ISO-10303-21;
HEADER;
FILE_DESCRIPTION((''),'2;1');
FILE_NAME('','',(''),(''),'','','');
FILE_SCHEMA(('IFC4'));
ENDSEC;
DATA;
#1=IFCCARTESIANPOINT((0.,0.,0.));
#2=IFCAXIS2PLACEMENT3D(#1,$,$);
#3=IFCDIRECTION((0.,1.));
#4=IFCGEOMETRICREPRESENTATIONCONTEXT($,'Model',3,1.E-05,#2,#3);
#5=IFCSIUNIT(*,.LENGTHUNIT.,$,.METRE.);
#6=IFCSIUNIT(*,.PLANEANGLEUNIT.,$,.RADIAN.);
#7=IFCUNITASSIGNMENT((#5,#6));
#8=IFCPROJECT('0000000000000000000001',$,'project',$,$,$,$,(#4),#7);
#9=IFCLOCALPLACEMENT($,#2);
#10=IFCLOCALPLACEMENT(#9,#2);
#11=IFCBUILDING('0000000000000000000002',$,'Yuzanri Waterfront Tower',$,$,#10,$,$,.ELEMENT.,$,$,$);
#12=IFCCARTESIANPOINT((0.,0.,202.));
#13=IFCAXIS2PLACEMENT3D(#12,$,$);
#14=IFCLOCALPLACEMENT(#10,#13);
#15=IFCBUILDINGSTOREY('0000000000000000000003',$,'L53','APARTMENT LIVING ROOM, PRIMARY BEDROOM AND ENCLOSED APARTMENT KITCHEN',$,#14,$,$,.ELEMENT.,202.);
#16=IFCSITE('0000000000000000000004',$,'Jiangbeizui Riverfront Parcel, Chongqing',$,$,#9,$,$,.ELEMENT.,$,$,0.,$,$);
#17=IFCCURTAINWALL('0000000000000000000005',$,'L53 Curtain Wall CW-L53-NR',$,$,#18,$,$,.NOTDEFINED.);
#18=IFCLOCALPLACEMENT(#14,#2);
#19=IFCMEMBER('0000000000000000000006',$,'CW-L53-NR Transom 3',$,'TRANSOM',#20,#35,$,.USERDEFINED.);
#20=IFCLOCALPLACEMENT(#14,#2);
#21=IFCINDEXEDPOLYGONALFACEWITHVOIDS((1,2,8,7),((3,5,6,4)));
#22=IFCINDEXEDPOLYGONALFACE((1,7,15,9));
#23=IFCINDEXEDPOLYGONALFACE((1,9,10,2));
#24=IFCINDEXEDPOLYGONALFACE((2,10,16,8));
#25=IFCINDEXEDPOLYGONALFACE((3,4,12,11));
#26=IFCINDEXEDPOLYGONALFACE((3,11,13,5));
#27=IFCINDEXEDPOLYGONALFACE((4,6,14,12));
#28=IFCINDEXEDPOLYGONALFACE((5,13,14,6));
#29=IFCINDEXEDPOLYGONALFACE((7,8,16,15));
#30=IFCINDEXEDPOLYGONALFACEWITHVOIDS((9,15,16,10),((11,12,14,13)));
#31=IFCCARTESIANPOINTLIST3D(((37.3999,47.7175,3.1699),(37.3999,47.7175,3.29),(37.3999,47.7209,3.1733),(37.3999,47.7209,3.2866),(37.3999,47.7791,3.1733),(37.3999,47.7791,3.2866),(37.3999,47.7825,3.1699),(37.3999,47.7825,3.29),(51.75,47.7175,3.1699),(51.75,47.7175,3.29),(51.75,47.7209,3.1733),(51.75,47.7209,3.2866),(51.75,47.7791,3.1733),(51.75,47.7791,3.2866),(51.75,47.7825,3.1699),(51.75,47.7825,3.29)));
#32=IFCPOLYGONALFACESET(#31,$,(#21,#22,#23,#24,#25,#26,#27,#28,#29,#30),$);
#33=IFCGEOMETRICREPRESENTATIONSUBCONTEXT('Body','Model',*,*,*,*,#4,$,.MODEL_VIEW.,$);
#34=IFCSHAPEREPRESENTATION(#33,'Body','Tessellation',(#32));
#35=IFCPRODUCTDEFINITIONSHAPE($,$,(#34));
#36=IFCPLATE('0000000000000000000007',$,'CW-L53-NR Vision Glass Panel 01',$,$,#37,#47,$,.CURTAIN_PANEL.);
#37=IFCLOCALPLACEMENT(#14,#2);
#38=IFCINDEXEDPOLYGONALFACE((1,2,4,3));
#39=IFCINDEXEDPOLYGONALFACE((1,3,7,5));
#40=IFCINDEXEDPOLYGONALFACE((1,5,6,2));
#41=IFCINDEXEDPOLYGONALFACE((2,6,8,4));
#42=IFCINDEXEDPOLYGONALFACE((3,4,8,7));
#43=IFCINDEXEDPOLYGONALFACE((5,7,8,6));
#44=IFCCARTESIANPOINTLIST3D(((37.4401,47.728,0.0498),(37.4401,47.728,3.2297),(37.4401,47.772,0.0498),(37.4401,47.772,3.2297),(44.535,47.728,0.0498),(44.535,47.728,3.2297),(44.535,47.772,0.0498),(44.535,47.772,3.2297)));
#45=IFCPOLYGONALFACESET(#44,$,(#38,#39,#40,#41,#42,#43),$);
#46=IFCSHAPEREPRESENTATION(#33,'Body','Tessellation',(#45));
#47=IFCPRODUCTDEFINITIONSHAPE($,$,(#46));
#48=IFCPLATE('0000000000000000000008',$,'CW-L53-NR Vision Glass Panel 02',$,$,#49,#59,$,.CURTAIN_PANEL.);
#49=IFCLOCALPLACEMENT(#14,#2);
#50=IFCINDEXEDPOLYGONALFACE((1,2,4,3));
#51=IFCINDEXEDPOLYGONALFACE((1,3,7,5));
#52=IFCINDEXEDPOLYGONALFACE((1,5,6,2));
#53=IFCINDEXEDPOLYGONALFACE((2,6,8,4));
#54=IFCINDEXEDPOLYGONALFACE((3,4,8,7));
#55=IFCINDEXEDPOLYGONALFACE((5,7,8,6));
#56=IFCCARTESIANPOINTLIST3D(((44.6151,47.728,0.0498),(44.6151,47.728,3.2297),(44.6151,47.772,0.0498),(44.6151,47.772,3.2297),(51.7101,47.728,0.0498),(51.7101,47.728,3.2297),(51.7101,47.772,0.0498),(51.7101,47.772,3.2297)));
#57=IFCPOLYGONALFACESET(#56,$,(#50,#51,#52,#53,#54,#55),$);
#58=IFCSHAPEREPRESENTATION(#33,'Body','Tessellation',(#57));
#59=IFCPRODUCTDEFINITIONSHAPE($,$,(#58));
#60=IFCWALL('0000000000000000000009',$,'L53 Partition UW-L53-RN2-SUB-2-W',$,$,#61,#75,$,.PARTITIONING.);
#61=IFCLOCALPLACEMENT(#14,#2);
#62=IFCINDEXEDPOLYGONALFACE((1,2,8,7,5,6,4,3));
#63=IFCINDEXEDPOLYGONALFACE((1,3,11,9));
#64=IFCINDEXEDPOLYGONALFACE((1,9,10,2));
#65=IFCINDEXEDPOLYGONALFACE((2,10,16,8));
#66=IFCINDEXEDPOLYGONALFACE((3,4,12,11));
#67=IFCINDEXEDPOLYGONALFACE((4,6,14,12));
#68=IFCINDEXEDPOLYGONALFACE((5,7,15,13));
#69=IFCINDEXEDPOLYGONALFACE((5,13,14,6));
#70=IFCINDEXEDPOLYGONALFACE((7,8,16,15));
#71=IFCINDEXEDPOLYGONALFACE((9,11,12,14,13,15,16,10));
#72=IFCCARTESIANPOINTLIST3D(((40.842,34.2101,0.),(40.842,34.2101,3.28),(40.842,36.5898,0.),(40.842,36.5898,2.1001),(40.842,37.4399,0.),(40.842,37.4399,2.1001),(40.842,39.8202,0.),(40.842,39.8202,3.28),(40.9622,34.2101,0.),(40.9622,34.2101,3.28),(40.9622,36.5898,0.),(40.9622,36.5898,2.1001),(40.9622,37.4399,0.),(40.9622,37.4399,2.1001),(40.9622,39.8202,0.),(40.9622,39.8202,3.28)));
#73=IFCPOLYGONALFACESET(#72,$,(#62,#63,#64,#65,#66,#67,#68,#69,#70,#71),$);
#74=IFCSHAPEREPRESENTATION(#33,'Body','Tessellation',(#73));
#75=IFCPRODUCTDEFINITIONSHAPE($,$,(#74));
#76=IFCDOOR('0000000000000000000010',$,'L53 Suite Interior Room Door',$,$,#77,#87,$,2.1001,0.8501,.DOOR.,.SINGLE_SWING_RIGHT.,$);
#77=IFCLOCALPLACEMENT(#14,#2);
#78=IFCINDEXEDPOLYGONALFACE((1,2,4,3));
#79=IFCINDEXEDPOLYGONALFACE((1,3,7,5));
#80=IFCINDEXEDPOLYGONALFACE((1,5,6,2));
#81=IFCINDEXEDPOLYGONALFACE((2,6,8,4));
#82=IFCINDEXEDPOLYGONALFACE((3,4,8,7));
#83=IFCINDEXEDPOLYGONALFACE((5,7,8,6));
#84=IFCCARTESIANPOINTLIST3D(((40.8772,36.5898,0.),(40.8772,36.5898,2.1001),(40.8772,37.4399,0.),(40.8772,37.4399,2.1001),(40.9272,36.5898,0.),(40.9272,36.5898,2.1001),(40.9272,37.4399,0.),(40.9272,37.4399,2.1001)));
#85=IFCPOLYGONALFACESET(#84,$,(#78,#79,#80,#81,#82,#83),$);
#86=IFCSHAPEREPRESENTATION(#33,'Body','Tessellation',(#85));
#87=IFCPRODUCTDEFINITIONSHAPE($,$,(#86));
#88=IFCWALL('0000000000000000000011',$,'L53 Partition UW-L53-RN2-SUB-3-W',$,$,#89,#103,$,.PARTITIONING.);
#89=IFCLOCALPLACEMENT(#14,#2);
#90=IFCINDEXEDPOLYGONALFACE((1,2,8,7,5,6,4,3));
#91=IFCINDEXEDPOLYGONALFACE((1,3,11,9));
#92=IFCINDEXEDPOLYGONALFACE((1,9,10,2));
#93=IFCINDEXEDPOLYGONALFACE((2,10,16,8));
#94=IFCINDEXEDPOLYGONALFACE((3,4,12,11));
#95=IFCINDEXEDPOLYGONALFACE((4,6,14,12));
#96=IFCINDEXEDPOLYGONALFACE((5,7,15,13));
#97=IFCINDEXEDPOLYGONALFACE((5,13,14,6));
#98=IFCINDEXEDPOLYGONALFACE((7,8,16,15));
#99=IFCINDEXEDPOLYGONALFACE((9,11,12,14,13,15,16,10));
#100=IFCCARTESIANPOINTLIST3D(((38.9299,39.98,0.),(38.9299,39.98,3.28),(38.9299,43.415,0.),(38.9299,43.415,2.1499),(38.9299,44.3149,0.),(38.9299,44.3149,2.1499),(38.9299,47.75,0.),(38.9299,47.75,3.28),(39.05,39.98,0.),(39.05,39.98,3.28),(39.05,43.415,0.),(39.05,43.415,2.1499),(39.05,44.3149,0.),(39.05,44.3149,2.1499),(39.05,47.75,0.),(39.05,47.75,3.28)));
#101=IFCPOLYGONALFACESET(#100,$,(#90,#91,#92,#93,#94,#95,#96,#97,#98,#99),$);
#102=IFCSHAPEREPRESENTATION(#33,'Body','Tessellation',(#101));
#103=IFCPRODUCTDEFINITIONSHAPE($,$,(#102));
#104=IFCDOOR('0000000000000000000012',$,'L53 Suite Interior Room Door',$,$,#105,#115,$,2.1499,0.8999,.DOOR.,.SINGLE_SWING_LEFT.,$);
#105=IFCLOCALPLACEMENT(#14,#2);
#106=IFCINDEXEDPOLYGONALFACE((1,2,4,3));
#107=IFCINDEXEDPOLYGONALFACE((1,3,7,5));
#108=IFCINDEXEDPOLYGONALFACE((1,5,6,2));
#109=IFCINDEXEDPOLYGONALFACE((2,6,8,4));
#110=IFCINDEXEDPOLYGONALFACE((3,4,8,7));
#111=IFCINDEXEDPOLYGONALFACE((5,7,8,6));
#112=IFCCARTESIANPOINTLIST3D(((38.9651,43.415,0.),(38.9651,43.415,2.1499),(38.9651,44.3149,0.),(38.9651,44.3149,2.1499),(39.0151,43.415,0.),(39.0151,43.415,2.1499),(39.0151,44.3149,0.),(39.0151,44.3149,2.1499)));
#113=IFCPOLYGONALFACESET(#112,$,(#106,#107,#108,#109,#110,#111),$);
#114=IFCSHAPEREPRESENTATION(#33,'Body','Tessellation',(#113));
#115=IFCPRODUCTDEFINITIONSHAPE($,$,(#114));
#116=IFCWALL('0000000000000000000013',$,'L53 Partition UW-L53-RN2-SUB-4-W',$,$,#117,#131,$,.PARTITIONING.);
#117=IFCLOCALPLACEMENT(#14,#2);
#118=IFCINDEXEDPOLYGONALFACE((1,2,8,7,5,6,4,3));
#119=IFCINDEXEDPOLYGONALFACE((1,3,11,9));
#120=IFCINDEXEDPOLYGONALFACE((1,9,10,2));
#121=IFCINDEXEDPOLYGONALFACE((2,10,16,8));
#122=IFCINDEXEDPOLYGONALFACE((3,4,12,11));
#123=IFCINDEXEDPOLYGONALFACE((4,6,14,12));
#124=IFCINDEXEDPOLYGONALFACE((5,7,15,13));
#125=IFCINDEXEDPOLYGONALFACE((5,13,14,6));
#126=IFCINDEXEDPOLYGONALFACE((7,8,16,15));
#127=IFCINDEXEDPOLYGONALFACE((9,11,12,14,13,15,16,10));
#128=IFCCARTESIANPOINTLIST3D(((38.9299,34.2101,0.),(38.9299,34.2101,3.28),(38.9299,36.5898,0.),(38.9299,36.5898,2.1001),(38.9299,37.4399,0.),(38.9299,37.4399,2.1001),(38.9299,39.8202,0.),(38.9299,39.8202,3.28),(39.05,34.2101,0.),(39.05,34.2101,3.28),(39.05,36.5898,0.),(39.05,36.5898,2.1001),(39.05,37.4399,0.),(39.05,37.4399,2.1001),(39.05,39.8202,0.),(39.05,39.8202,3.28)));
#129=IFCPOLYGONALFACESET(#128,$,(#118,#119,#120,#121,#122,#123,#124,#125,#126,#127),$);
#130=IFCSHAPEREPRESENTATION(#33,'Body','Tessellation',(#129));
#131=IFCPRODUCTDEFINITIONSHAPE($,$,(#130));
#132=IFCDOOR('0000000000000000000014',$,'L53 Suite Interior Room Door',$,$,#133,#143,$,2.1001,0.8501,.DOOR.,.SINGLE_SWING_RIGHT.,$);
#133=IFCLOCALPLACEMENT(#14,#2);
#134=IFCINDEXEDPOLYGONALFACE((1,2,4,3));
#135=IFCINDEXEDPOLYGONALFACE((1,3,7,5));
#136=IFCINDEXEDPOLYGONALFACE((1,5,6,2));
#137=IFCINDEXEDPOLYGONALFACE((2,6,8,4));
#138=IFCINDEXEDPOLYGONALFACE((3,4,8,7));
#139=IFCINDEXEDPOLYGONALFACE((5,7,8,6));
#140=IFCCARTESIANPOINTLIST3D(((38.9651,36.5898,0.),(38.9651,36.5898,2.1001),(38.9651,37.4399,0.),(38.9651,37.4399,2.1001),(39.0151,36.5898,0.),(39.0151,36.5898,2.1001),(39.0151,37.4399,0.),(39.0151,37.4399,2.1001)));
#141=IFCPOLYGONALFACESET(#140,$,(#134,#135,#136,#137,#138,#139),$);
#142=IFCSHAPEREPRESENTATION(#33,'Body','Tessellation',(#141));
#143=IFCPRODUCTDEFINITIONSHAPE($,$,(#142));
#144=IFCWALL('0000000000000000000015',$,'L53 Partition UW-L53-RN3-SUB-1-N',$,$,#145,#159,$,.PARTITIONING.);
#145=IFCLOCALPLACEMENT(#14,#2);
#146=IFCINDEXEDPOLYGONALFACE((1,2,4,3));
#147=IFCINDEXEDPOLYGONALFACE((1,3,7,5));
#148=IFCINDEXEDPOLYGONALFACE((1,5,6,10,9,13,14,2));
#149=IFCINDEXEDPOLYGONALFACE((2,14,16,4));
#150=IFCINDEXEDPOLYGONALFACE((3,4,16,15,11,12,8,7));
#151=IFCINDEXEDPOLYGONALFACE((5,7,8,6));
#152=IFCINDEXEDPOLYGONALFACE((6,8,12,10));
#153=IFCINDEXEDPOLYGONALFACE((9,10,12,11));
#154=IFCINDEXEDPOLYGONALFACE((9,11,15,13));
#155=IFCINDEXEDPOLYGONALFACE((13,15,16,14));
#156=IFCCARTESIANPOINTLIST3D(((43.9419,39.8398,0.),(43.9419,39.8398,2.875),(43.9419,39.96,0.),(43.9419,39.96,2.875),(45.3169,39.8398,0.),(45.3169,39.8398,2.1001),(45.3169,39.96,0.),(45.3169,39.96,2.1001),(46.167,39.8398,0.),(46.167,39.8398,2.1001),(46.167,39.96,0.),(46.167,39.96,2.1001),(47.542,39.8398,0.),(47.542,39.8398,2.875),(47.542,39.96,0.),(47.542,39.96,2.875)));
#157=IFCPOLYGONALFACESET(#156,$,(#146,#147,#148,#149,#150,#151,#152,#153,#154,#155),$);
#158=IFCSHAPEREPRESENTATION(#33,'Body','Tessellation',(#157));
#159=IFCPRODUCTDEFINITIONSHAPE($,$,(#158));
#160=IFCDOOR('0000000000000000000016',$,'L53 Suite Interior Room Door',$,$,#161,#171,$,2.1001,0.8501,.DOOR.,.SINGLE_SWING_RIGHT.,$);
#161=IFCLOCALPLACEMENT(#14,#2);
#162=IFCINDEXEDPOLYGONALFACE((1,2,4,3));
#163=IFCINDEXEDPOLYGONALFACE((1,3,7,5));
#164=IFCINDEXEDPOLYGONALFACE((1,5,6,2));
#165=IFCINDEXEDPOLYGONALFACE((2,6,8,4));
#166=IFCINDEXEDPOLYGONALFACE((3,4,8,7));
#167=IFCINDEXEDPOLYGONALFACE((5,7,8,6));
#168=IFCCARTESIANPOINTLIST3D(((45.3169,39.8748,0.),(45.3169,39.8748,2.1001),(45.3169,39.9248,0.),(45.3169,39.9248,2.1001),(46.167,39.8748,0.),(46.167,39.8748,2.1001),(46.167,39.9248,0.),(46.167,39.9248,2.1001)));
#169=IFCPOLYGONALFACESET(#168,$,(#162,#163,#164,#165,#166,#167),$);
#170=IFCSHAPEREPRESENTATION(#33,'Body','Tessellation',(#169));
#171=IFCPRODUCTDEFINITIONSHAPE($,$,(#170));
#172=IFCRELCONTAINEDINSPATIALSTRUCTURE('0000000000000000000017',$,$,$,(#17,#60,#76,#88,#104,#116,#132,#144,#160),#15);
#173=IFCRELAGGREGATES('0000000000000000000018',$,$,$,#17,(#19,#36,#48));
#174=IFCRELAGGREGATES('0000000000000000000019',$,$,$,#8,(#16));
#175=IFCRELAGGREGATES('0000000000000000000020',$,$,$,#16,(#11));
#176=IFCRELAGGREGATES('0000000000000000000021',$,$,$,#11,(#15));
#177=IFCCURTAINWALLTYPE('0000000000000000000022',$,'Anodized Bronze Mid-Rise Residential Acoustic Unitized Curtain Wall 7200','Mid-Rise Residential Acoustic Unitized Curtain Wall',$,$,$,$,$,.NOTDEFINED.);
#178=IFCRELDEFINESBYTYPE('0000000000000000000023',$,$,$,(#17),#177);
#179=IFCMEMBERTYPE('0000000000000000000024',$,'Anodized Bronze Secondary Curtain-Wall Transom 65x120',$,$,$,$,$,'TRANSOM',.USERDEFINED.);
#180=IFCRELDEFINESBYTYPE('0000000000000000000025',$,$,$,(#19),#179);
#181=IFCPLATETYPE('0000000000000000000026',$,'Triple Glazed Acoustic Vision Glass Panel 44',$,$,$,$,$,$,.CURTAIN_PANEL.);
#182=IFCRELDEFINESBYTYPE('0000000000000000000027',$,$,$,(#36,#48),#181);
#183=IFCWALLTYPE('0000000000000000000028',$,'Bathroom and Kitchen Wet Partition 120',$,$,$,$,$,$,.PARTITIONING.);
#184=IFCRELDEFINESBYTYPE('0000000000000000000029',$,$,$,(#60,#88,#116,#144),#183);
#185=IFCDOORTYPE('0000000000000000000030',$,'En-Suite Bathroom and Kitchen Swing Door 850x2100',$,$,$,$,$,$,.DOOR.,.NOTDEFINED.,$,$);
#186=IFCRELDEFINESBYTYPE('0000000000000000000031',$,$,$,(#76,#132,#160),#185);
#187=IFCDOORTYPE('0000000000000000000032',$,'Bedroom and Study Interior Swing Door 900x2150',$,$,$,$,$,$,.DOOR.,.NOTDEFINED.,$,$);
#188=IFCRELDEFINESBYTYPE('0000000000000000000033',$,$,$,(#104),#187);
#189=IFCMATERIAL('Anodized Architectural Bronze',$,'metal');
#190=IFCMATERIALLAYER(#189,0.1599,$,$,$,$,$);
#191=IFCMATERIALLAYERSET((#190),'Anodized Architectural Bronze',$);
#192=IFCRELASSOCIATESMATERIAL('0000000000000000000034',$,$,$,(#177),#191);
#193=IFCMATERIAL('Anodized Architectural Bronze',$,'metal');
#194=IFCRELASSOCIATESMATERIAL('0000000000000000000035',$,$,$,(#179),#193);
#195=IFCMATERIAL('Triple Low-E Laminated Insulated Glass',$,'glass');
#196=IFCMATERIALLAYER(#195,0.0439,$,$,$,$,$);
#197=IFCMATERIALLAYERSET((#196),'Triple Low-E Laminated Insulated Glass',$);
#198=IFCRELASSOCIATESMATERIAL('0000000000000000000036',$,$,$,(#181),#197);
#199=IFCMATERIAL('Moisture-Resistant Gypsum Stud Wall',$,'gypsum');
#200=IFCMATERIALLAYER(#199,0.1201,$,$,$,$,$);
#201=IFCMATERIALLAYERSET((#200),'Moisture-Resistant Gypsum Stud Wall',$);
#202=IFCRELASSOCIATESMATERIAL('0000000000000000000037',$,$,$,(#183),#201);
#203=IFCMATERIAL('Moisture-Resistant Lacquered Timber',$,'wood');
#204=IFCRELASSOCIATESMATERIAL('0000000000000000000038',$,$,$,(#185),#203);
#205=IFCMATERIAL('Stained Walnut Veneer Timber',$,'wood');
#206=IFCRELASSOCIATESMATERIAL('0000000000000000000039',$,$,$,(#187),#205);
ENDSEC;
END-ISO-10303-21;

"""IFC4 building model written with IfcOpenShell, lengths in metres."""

from ifc_helpers import new_model, si_unit, direction, frame, frame_2d, origin, origin_2d, place, context, subcontext, project, spatial, rectangle, hollow_rectangle, extrude, source, transform, mapped, material, layer, layer_set, material_profile, profile_set, type_object, element, fill, aggregate, save


model = new_model("IFC4")

# Units and contexts
model_context = context("Model", 3, precision=1e-05, world=origin(), true_north=direction((0.0, 1.0)))
body_context = subcontext(model_context, "Body", "Model", "MODEL_VIEW")
ifc_project = project(units=[si_unit("LENGTHUNIT", "METRE"), si_unit("PLANEANGLEUNIT", "RADIAN")], contexts=[model_context])

# Site, building, storey
site_placement = place(None, origin())
site = spatial("IfcSite", under=ifc_project, at=site_placement, Name="Jiangbeizui Riverfront Parcel, Chongqing", CompositionType="ELEMENT", RefElevation=0.0)
building_placement = place(site_placement, origin())
building = spatial("IfcBuilding", under=site, at=building_placement, Name="Yuzanri Waterfront Tower", CompositionType="ELEMENT")
storey_placement = place(building_placement, frame((0.0, 0.0, 202.0)))
storey = spatial("IfcBuildingStorey", under=building, at=storey_placement, Name="L53", Description="APARTMENT LIVING ROOM, PRIMARY BEDROOM AND ENCLOSED APARTMENT KITCHEN", CompositionType="ELEMENT", Elevation=202.0)

# Curtain wall, member, plates
ifc_material_1 = material(Name="Anodized Architectural Bronze", Category="metal")
ifc_layer_1 = layer(ifc_material_1, 0.1599)
ifc_layer_set_1 = layer_set([ifc_layer_1], Name="Anodized Architectural Bronze")
curtain_wall_type = type_object("IfcCurtainWallType", Name="Anodized Bronze Mid-Rise Residential Acoustic Unitized Curtain Wall 7200", Description="Mid-Rise Residential Acoustic Unitized Curtain Wall", PredefinedType="NOTDEFINED", material=ifc_layer_set_1)
curtain_wall_placement = place(storey_placement, origin())
curtain_wall = element("IfcCurtainWall", 1, at=curtain_wall_placement, inside=storey, type_object=curtain_wall_type, Name="L53 Curtain Wall CW-L53-NR", PredefinedType="NOTDEFINED")
ifc_material_2 = material(Name="Anodized Architectural Bronze", Category="metal")
ifc_material_profile_1 = material_profile(ifc_material_2, hollow_rectangle(XDim=0.0649, YDim=0.1201, WallThickness=0.0034, at=origin_2d()), Name="CWT 65x120")
ifc_profile_set_1 = profile_set([ifc_material_profile_1], Name="Anodized Architectural Bronze")
member_type_1 = type_object("IfcMemberType", Name="Anodized Bronze Secondary Curtain-Wall Transom 65x120", ElementType="TRANSOM", PredefinedType="USERDEFINED", material=ifc_profile_set_1)
shared_shape_1 = source(origin(), body_context, "Body", "SweptSolid", [
    extrude(hollow_rectangle(XDim=0.0649, YDim=0.1201, WallThickness=0.0034, at=origin_2d()), origin(), (0.0, 0.0, 1.0), 14.3501),
])
member_1_placement = place(storey_placement, frame((37.3999, 47.75, 3.23), z_axis=(1.0, 0.0, 0.0), x_axis=(0.0, 1.0, 0.0)))
member_1 = element("IfcMember", 2, at=member_1_placement, type_object=member_type_1, Name="CW-L53-NR Transom 3", ObjectType="TRANSOM", PredefinedType="USERDEFINED", context=body_context, shape_type="MappedRepresentation", body=[
    mapped(shared_shape_1, transform((0.0, 0.0, 0.0), scale=1.0)),
])
ifc_material_3 = material(Name="Triple Low-E Laminated Insulated Glass", Category="glass")
ifc_layer_2 = layer(ifc_material_3, 0.0439)
ifc_layer_set_2 = layer_set([ifc_layer_2], Name="Triple Low-E Laminated Insulated Glass")
plate_type = type_object("IfcPlateType", Name="Triple Glazed Acoustic Vision Glass Panel 44", PredefinedType="CURTAIN_PANEL", material=ifc_layer_set_2)
shared_shape_2 = source(origin(), body_context, "Body", "SweptSolid", [
    extrude(rectangle(XDim=7.095, YDim=0.0439, at=origin_2d()), origin(), (0.0, 0.0, 1.0), 3.1799),
])
plate_1_placement = place(storey_placement, frame((40.9875, 47.75, 0.0498), z_axis=(0.0, 0.0, 1.0), x_axis=(1.0, 0.0, 0.0)))
plate_1 = element("IfcPlate", 3, at=plate_1_placement, type_object=plate_type, Name="CW-L53-NR Vision Glass Panel 01", PredefinedType="CURTAIN_PANEL", context=body_context, shape_type="MappedRepresentation", body=[
    mapped(shared_shape_2, transform((0.0, 0.0, 0.0), scale=1.0)),
])
plate_2_placement = place(storey_placement, frame((48.1626, 47.75, 0.0498), z_axis=(0.0, 0.0, 1.0), x_axis=(1.0, 0.0, 0.0)))
plate_2 = element("IfcPlate", 4, at=plate_2_placement, type_object=plate_type, Name="CW-L53-NR Vision Glass Panel 02", PredefinedType="CURTAIN_PANEL", context=body_context, shape_type="MappedRepresentation", body=[
    mapped(shared_shape_2, transform((0.0, 0.0, 0.0), scale=1.0)),
])
aggregate(curtain_wall, [member_1, plate_1, plate_2])

# Walls, openings, doors
ifc_material_4 = material(Name="Moisture-Resistant Gypsum Stud Wall", Category="gypsum")
ifc_layer_3 = layer(ifc_material_4, 0.1201)
ifc_layer_set_3 = layer_set([ifc_layer_3], Name="Moisture-Resistant Gypsum Stud Wall")
wall_type_1 = type_object("IfcWallType", Name="Bathroom and Kitchen Wet Partition 120", PredefinedType="PARTITIONING", material=ifc_layer_set_3)
wall_1_placement = place(storey_placement, frame((40.9021, 34.21, 0.0), z_axis=(0.0, 0.0, 1.0), x_axis=(0.0, 1.0, 0.0)))
wall_1 = element("IfcWall", 5, at=wall_1_placement, inside=storey, type_object=wall_type_1, Name="L53 Partition UW-L53-RN2-SUB-2-W", PredefinedType="PARTITIONING", context=body_context, shape_type="SweptSolid", body=[
    extrude(rectangle(XDim=5.6101, YDim=0.1201, at=frame_2d((2.8052, 0.0))), origin(), (0.0, 0.0, 1.0), 3.28),
])
opening_1_placement = place(wall_1_placement, frame((2.3799, 0.0, 0.0)))
opening_1 = element("IfcOpeningElement", 6, at=opening_1_placement, cuts=wall_1, PredefinedType="OPENING", context=body_context, shape_type="SweptSolid", body=[
    extrude(rectangle(XDim=0.8501, YDim=2.1001, at=frame_2d((0.425, 1.05))), frame((0.0, 0.075, 0.0), z_axis=(0.0, -1.0, 0.0), x_axis=(1.0, 0.0, 0.0)), (0.0, 0.0, 1.0), 0.1499),
])
ifc_material_5 = material(Name="Moisture-Resistant Lacquered Timber", Category="wood")
door_type_1 = type_object("IfcDoorType", Name="En-Suite Bathroom and Kitchen Swing Door 850x2100", OperationType="NOTDEFINED", PredefinedType="DOOR", material=ifc_material_5)
shared_shape_3 = source(origin(), body_context, "Body", "SweptSolid", [
    extrude(rectangle(XDim=0.8501, YDim=2.1001, at=frame_2d((0.425, 1.05))), frame((0.0, 0.0249, 0.0), z_axis=(0.0, -1.0, 0.0), x_axis=(1.0, 0.0, 0.0)), (0.0, 0.0, 1.0), 0.05),
])
door_1_placement = place(opening_1_placement, origin())
door_1 = element("IfcDoor", 7, at=door_1_placement, inside=storey, type_object=door_type_1, Name="L53 Suite Interior Room Door", OperationType="SINGLE_SWING_RIGHT", OverallHeight=2.1001, OverallWidth=0.8501, PredefinedType="DOOR", context=body_context, shape_type="MappedRepresentation", body=[
    mapped(shared_shape_3, transform((0.0, 0.0, 0.0), scale=1.0)),
])
fill(opening_1, door_1)
wall_2_placement = place(storey_placement, frame((38.99, 39.98, 0.0), z_axis=(0.0, 0.0, 1.0), x_axis=(0.0, 1.0, 0.0)))
wall_2 = element("IfcWall", 8, at=wall_2_placement, inside=storey, type_object=wall_type_1, Name="L53 Partition UW-L53-RN2-SUB-3-W", PredefinedType="PARTITIONING", context=body_context, shape_type="SweptSolid", body=[
    extrude(rectangle(XDim=7.77, YDim=0.1201, at=frame_2d((3.885, 0.0))), origin(), (0.0, 0.0, 1.0), 3.28),
])
opening_2_placement = place(wall_2_placement, frame((3.4351, 0.0, 0.0)))
opening_2 = element("IfcOpeningElement", 9, at=opening_2_placement, cuts=wall_2, PredefinedType="OPENING", context=body_context, shape_type="SweptSolid", body=[
    extrude(rectangle(XDim=0.8999, YDim=2.1499, at=frame_2d((0.45, 1.075))), frame((0.0, 0.075, 0.0), z_axis=(0.0, -1.0, 0.0), x_axis=(1.0, 0.0, 0.0)), (0.0, 0.0, 1.0), 0.1499),
])
ifc_material_6 = material(Name="Stained Walnut Veneer Timber", Category="wood")
door_type_2 = type_object("IfcDoorType", Name="Bedroom and Study Interior Swing Door 900x2150", OperationType="NOTDEFINED", PredefinedType="DOOR", material=ifc_material_6)
shared_shape_4 = source(origin(), body_context, "Body", "SweptSolid", [
    extrude(rectangle(XDim=0.8999, YDim=2.1499, at=frame_2d((0.45, 1.075))), frame((0.0, 0.0249, 0.0), z_axis=(0.0, -1.0, 0.0), x_axis=(1.0, 0.0, 0.0)), (0.0, 0.0, 1.0), 0.05),
])
door_2_placement = place(opening_2_placement, origin())
door_2 = element("IfcDoor", 10, at=door_2_placement, inside=storey, type_object=door_type_2, Name="L53 Suite Interior Room Door", OperationType="SINGLE_SWING_LEFT", OverallHeight=2.1499, OverallWidth=0.8999, PredefinedType="DOOR", context=body_context, shape_type="MappedRepresentation", body=[
    mapped(shared_shape_4, transform((0.0, 0.0, 0.0), scale=1.0)),
])
fill(opening_2, door_2)
wall_3_placement = place(storey_placement, frame((38.99, 34.21, 0.0), z_axis=(0.0, 0.0, 1.0), x_axis=(0.0, 1.0, 0.0)))
wall_3 = element("IfcWall", 11, at=wall_3_placement, inside=storey, type_object=wall_type_1, Name="L53 Partition UW-L53-RN2-SUB-4-W", PredefinedType="PARTITIONING", context=body_context, shape_type="SweptSolid", body=[
    extrude(rectangle(XDim=5.6101, YDim=0.1201, at=frame_2d((2.8052, 0.0))), origin(), (0.0, 0.0, 1.0), 3.28),
])
opening_3_placement = place(wall_3_placement, frame((2.3799, 0.0, 0.0)))
opening_3 = element("IfcOpeningElement", 12, at=opening_3_placement, cuts=wall_3, PredefinedType="OPENING", context=body_context, shape_type="SweptSolid", body=[
    extrude(rectangle(XDim=0.8501, YDim=2.1001, at=frame_2d((0.425, 1.05))), frame((0.0, 0.075, 0.0), z_axis=(0.0, -1.0, 0.0), x_axis=(1.0, 0.0, 0.0)), (0.0, 0.0, 1.0), 0.1499),
])
door_3_placement = place(opening_3_placement, origin())
door_3 = element("IfcDoor", 13, at=door_3_placement, inside=storey, type_object=door_type_1, Name="L53 Suite Interior Room Door", OperationType="SINGLE_SWING_RIGHT", OverallHeight=2.1001, OverallWidth=0.8501, PredefinedType="DOOR", context=body_context, shape_type="MappedRepresentation", body=[
    mapped(shared_shape_3, transform((0.0, 0.0, 0.0), scale=1.0)),
])
fill(opening_3, door_3)
wall_4_placement = place(storey_placement, frame((43.9419, 39.8999, 0.0), z_axis=(0.0, 0.0, 1.0), x_axis=(1.0, 0.0, 0.0)))
wall_4 = element("IfcWall", 14, at=wall_4_placement, inside=storey, type_object=wall_type_1, Name="L53 Partition UW-L53-RN3-SUB-1-N", PredefinedType="PARTITIONING", context=body_context, shape_type="SweptSolid", body=[
    extrude(rectangle(XDim=3.6001, YDim=0.1201, at=frame_2d((1.8, 0.0))), origin(), (0.0, 0.0, 1.0), 2.875),
])
opening_4_placement = place(wall_4_placement, frame((1.375, 0.0, 0.0)))
opening_4 = element("IfcOpeningElement", 15, at=opening_4_placement, cuts=wall_4, PredefinedType="OPENING", context=body_context, shape_type="SweptSolid", body=[
    extrude(rectangle(XDim=0.8501, YDim=2.1001, at=frame_2d((0.425, 1.05))), frame((0.0, 0.075, 0.0), z_axis=(0.0, -1.0, 0.0), x_axis=(1.0, 0.0, 0.0)), (0.0, 0.0, 1.0), 0.1499),
])
door_4_placement = place(opening_4_placement, origin())
door_4 = element("IfcDoor", 16, at=door_4_placement, inside=storey, type_object=door_type_1, Name="L53 Suite Interior Room Door", OperationType="SINGLE_SWING_RIGHT", OverallHeight=2.1001, OverallWidth=0.8501, PredefinedType="DOOR", context=body_context, shape_type="MappedRepresentation", body=[
    mapped(shared_shape_3, transform((0.0, 0.0, 0.0), scale=1.0)),
])
fill(opening_4, door_4)

save(model, "model.ifc")
